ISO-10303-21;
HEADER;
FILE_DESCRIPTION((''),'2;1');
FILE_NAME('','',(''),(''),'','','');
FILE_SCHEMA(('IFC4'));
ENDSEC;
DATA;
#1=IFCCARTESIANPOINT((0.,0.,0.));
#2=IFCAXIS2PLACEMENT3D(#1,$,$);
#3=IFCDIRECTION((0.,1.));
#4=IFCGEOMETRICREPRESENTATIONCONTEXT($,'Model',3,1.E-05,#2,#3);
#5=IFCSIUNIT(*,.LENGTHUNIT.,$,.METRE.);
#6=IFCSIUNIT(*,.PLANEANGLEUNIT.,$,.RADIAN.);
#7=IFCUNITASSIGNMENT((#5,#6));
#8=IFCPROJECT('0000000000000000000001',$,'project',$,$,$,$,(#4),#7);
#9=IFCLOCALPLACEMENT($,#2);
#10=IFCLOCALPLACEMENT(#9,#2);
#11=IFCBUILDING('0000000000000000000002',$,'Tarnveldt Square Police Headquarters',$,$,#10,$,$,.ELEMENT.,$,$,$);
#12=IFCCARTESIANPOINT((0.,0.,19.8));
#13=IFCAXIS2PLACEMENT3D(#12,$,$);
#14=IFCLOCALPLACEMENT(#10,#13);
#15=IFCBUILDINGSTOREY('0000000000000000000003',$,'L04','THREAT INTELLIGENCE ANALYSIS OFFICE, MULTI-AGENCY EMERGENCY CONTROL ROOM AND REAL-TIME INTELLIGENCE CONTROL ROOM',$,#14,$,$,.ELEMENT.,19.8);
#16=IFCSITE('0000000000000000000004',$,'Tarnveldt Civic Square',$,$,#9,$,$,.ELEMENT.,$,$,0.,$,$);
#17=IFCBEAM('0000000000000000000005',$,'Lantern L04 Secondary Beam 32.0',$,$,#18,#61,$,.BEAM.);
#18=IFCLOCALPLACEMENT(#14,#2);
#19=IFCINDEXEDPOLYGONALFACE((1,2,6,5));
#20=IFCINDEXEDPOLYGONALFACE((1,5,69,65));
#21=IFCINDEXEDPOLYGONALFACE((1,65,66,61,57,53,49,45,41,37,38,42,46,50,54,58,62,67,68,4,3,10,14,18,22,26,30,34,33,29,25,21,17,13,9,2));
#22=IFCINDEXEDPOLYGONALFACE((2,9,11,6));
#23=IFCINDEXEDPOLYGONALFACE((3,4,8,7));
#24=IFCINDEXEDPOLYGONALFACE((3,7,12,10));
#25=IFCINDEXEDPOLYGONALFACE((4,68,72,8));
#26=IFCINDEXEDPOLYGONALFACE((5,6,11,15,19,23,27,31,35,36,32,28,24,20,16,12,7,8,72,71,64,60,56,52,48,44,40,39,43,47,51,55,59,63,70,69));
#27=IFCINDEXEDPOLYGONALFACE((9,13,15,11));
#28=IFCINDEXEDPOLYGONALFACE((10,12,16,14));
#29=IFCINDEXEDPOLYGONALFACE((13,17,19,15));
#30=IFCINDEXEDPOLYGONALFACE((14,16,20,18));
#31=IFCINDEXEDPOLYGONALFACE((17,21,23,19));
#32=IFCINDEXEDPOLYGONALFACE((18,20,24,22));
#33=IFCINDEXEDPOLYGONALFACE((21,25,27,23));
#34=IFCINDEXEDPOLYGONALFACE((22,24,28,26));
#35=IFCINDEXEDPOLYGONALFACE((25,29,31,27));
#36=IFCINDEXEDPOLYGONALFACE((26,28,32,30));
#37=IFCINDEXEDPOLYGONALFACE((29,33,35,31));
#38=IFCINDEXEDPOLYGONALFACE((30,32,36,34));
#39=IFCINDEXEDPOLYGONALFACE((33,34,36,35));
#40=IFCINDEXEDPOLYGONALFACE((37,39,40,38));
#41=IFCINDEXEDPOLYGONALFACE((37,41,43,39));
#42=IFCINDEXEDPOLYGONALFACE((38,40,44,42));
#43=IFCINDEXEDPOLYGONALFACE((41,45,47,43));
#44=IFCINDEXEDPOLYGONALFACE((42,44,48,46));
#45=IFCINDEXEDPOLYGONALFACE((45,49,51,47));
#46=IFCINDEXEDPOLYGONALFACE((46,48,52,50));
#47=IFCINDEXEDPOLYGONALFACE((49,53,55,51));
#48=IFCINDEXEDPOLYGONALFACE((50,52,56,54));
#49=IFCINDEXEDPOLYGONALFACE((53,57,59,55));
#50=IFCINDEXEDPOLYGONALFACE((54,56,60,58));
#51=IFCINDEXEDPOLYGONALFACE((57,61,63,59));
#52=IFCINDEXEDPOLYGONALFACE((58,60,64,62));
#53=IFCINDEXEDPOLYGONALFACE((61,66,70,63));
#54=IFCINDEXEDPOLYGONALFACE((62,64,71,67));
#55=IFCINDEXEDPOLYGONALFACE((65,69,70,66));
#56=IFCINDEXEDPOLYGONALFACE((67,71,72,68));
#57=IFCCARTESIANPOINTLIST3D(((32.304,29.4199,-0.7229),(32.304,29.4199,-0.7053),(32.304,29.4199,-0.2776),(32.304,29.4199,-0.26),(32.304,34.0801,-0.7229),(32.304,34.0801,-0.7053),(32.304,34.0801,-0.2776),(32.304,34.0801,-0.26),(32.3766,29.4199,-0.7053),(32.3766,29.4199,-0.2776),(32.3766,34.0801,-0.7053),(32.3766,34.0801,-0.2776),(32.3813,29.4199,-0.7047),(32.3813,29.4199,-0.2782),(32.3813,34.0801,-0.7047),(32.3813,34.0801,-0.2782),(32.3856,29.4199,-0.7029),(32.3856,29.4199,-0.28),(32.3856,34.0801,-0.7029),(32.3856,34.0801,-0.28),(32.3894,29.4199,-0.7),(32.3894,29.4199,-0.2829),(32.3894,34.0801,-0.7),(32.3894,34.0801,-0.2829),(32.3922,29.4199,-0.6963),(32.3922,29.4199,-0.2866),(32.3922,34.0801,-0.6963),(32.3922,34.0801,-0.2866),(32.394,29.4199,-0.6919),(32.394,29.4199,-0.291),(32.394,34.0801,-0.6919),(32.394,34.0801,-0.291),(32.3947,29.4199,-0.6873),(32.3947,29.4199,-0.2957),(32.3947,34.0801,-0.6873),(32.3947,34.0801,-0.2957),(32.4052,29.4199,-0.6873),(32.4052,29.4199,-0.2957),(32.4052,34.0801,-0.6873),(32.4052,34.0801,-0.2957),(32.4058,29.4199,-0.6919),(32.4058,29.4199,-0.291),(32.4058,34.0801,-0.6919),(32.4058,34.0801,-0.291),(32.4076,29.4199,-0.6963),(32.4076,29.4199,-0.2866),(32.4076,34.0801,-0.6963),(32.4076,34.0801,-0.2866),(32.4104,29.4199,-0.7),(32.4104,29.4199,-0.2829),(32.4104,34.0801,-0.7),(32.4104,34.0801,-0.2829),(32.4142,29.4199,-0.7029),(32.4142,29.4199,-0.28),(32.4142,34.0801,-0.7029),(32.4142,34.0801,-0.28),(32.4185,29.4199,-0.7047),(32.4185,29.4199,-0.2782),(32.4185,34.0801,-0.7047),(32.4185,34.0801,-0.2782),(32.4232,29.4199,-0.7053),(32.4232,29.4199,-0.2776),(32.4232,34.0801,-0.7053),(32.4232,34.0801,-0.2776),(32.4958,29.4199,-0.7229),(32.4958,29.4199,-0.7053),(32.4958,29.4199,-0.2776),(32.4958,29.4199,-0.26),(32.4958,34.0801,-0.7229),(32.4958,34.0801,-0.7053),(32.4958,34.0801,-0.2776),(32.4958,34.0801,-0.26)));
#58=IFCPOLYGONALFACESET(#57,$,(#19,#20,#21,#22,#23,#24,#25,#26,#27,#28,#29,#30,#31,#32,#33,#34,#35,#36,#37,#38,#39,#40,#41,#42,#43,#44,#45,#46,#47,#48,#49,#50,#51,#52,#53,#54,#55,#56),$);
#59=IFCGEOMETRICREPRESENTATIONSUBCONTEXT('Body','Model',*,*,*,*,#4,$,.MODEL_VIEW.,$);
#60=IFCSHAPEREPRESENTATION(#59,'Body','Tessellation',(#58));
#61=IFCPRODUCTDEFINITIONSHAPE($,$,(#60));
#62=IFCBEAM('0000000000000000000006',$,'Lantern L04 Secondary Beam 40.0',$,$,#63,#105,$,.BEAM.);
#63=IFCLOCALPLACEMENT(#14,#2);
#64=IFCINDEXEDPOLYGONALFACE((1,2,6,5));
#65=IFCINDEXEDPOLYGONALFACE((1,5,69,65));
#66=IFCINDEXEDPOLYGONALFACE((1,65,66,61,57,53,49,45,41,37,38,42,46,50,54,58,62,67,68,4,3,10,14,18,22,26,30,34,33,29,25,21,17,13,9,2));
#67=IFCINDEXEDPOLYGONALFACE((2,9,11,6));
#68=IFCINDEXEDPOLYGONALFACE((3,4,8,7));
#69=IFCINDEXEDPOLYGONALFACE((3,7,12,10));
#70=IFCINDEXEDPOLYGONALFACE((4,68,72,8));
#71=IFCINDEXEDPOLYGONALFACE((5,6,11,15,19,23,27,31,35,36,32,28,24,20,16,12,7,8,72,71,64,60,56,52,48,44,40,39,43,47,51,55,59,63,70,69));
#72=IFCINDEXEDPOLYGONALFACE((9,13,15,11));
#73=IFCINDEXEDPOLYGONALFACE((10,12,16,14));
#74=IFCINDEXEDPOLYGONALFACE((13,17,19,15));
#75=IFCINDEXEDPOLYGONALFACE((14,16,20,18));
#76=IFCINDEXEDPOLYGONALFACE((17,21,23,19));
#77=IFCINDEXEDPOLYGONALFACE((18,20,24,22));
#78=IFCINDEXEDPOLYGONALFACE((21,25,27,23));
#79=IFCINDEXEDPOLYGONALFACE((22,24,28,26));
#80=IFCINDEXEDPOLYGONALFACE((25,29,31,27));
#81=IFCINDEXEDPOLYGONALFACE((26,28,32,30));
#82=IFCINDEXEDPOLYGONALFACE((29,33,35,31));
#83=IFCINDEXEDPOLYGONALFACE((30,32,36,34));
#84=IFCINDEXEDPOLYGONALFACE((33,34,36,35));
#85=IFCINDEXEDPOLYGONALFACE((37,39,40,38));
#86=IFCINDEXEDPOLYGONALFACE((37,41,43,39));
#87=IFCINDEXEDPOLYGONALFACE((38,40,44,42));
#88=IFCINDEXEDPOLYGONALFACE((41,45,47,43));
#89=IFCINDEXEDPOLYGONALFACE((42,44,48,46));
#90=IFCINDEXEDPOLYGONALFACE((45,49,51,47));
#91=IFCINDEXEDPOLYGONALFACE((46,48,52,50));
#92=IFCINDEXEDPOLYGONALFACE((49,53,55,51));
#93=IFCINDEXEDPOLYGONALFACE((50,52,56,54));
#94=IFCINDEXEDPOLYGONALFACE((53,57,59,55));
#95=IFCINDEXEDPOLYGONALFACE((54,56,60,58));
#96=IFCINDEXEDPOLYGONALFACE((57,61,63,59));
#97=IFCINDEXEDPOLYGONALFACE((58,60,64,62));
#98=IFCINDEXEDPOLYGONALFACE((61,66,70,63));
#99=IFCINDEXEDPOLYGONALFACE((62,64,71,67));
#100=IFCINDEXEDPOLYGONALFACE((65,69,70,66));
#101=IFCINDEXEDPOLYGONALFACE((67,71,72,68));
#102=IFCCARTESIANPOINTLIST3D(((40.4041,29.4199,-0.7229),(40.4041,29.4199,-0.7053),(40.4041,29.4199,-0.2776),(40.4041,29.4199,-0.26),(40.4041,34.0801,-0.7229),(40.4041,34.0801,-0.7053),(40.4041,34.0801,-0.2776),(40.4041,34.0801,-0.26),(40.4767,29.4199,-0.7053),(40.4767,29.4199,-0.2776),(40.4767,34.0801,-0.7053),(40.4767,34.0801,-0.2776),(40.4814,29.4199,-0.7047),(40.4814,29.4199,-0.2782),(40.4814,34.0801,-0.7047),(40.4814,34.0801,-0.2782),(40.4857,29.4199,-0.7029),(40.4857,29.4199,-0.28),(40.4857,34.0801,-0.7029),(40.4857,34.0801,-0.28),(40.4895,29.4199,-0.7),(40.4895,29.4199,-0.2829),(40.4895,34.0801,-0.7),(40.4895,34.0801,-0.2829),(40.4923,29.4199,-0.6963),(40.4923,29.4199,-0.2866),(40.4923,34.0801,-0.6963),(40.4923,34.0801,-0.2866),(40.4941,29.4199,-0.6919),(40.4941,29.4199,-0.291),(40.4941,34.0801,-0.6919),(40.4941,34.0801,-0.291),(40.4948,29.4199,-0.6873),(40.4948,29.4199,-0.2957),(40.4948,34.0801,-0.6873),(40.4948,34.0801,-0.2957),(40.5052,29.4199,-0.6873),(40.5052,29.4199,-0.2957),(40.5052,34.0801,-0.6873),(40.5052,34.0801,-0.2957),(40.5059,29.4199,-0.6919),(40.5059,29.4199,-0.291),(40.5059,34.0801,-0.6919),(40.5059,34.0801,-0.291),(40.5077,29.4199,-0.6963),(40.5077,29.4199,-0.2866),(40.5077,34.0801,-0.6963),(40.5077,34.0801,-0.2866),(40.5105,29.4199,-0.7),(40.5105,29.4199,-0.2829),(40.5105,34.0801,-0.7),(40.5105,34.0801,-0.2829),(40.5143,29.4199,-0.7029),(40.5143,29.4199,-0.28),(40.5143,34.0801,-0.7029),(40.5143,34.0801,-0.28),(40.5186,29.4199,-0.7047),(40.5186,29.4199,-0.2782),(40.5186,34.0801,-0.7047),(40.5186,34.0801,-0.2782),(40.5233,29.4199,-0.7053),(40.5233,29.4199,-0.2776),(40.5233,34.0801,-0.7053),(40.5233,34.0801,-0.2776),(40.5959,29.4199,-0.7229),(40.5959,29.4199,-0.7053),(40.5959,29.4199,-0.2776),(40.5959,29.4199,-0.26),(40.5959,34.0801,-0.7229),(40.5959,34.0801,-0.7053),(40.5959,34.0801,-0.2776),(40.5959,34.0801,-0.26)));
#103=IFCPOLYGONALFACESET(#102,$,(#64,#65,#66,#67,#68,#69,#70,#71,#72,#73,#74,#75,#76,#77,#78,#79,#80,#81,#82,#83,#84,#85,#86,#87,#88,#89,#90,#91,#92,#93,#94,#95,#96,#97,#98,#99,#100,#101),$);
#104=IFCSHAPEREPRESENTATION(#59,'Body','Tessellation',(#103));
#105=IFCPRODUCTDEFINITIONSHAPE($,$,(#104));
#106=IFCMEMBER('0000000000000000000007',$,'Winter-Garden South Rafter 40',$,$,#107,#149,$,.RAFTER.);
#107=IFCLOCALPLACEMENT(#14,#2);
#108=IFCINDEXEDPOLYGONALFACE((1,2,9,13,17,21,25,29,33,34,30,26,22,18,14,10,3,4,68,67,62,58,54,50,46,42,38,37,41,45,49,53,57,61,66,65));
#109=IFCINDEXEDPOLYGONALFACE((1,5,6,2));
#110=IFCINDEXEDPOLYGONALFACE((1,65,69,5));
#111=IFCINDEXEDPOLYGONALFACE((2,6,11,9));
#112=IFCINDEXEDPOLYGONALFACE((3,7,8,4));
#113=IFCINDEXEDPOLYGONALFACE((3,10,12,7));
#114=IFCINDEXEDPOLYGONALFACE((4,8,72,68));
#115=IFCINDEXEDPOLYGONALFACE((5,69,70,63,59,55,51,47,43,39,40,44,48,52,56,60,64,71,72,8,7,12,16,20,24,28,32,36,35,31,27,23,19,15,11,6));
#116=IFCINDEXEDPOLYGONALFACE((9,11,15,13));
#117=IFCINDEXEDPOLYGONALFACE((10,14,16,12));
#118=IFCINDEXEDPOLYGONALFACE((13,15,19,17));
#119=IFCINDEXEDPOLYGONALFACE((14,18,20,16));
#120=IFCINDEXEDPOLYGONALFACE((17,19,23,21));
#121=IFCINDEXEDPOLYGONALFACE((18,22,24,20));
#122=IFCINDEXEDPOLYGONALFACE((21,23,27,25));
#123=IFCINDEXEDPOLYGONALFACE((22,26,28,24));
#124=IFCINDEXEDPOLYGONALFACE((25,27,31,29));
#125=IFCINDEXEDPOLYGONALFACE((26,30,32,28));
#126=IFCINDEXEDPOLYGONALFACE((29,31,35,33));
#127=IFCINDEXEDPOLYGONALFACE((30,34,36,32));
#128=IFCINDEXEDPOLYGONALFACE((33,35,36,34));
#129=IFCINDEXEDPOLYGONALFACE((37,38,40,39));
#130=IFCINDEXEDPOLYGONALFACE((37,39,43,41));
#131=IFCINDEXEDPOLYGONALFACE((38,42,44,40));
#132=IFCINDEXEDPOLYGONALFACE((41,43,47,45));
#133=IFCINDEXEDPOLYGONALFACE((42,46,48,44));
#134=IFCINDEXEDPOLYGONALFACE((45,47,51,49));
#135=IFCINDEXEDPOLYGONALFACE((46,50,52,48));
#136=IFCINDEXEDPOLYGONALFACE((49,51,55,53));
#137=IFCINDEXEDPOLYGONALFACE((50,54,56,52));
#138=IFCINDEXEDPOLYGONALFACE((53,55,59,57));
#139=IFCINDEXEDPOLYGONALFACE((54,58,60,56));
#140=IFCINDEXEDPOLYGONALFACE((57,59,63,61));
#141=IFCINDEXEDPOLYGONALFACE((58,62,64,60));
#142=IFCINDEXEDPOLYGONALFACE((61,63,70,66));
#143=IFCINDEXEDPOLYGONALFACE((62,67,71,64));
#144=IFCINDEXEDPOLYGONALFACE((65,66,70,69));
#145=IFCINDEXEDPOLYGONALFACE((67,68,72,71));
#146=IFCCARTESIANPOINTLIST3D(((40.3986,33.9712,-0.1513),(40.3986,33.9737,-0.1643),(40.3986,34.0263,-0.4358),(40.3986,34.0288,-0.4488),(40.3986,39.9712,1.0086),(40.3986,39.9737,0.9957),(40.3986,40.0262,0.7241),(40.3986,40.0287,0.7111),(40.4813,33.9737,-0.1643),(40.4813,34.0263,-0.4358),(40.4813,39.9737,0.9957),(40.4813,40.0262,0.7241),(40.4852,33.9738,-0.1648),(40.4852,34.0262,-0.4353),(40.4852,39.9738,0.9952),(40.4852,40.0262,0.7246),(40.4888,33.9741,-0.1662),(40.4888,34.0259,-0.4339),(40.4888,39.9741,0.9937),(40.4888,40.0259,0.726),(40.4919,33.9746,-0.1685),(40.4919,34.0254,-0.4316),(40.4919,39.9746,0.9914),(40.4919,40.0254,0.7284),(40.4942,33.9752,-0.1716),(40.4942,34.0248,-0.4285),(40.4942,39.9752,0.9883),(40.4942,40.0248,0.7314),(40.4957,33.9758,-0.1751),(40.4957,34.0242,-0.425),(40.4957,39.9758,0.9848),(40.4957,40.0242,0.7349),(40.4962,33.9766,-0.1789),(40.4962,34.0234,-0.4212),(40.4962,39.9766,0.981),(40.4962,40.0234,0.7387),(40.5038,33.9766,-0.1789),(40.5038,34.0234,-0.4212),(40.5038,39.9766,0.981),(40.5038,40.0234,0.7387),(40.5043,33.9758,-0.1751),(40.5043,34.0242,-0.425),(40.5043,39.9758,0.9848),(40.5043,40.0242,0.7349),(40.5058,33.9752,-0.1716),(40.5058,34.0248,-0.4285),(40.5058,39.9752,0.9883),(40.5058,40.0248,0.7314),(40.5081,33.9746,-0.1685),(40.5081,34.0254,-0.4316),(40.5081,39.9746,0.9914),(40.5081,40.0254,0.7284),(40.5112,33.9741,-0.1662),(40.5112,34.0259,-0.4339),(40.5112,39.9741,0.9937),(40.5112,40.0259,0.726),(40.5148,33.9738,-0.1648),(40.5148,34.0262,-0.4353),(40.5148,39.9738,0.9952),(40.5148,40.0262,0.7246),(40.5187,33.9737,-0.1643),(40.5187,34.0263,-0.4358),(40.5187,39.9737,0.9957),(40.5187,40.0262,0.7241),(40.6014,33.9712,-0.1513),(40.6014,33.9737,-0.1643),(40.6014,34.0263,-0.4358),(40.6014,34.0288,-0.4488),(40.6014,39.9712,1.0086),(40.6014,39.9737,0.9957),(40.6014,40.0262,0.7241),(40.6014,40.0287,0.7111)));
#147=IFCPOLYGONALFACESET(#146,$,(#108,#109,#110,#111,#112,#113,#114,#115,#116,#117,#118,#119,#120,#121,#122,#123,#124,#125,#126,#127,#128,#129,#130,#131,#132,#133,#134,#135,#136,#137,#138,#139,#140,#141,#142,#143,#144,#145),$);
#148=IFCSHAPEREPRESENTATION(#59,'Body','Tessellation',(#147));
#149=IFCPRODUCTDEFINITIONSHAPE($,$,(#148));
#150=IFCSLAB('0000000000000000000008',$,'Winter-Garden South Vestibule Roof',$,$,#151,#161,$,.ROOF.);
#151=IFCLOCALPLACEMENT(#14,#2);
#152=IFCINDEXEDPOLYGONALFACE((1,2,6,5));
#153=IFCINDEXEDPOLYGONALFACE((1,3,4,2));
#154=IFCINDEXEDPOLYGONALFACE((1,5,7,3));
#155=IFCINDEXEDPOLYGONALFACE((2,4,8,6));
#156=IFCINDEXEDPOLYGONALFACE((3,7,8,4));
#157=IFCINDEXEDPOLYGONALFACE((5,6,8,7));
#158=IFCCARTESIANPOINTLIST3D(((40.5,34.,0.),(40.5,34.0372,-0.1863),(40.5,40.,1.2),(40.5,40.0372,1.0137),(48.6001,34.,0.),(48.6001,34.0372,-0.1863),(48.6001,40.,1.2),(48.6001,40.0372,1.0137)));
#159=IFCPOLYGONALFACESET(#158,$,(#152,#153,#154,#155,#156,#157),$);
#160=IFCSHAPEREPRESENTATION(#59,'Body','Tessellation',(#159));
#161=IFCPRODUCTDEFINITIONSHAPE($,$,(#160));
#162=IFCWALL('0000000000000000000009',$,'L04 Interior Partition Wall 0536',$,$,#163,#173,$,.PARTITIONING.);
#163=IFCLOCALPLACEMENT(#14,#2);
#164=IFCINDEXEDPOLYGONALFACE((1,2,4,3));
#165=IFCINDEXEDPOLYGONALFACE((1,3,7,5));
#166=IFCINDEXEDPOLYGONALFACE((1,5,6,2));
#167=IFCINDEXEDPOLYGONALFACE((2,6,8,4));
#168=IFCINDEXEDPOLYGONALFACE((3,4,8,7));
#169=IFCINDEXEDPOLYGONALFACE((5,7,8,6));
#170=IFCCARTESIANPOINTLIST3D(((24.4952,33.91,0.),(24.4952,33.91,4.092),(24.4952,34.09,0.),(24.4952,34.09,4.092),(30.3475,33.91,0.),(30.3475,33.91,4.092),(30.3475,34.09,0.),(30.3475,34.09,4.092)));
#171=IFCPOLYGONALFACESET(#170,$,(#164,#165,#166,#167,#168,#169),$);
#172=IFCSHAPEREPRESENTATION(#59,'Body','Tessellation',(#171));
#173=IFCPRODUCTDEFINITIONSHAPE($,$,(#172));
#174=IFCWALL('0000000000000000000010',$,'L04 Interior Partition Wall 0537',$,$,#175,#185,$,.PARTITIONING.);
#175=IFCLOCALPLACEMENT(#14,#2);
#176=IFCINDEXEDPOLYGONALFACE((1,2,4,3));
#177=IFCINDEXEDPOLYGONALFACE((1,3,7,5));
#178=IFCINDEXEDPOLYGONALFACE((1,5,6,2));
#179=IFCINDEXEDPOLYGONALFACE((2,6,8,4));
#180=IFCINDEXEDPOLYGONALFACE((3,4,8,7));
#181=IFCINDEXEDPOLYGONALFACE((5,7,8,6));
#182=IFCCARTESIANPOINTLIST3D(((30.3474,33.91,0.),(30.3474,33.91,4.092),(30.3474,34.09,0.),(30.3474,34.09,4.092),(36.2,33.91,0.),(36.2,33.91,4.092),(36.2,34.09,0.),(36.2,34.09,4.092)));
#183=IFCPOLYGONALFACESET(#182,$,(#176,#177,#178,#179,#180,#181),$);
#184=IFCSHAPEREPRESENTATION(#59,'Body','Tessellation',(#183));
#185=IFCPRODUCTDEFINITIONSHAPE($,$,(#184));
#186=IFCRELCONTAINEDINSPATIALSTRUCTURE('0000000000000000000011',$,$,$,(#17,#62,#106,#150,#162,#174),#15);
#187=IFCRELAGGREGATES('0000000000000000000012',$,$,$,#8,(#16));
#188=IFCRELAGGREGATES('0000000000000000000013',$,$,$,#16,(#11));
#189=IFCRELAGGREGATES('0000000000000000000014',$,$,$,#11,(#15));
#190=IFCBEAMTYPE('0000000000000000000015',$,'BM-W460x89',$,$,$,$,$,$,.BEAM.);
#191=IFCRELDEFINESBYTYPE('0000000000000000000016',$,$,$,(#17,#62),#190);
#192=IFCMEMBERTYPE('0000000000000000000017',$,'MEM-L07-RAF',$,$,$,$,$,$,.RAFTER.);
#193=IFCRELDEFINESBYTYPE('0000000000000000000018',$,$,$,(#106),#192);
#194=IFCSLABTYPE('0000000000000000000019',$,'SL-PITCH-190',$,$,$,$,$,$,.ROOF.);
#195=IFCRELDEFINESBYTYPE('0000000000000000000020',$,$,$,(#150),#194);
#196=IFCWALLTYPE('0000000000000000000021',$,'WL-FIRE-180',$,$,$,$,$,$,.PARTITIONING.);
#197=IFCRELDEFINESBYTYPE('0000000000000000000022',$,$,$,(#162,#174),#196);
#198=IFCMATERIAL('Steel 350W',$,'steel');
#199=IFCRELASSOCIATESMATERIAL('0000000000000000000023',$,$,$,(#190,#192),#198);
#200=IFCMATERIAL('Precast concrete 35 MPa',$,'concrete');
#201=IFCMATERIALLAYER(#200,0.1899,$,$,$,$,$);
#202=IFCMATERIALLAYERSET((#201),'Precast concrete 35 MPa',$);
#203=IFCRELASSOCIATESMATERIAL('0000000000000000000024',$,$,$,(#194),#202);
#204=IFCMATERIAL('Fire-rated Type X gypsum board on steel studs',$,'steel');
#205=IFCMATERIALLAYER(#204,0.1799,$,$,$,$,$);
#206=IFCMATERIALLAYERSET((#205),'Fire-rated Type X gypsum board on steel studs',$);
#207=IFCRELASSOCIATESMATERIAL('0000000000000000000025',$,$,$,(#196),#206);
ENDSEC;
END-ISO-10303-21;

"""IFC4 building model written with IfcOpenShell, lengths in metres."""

from ifc_helpers import new_model, si_unit, direction, frame, frame_2d, origin, origin_2d, place, context, subcontext, project, spatial, polyline, rectangle, i_section, outline, extrude, material, layer, layer_set, material_profile, profile_set, type_object, element, save


model = new_model("IFC4")

# Units and contexts
model_context = context("Model", 3, precision=1e-05, world=origin(), true_north=direction((0.0, 1.0)))
body_context = subcontext(model_context, "Body", "Model", "MODEL_VIEW")
ifc_project = project(units=[si_unit("LENGTHUNIT", "METRE"), si_unit("PLANEANGLEUNIT", "RADIAN")], contexts=[model_context])

# Site, building, storey
site_placement = place(None, origin())
site = spatial("IfcSite", under=ifc_project, at=site_placement, Name="Tarnveldt Civic Square", CompositionType="ELEMENT", RefElevation=0.0)
building_placement = place(site_placement, origin())
building = spatial("IfcBuilding", under=site, at=building_placement, Name="Tarnveldt Square Police Headquarters", CompositionType="ELEMENT")
storey_placement = place(building_placement, frame((0.0, 0.0, 19.8)))
storey = spatial("IfcBuildingStorey", under=building, at=storey_placement, Name="L04", Description="THREAT INTELLIGENCE ANALYSIS OFFICE, MULTI-AGENCY EMERGENCY CONTROL ROOM AND REAL-TIME INTELLIGENCE CONTROL ROOM", CompositionType="ELEMENT", Elevation=19.8)

# Shared definitions
ifc_material_1 = material(Name="Steel 350W", Category="steel")

# Beams
ifc_material_profile_1 = material_profile(ifc_material_1, i_section(OverallWidth=0.1919, OverallDepth=0.4629, WebThickness=0.0105, FlangeThickness=0.0176, FilletRadius=0.0181, at=origin_2d()), Name="W460x89")
ifc_profile_set_1 = profile_set([ifc_material_profile_1], Name="Steel 350W")
beam_type_1 = type_object("IfcBeamType", Name="BM-W460x89", PredefinedType="BEAM", material=ifc_profile_set_1)
for number, where, z_axis, x_axis, name in (
    (1, (32.3999, 34.0801, -0.4915), (0.0, -1.0, 0.0), (1.0, 0.0, 0.0), "Lantern L04 Secondary Beam 32.0"),
    (2, (40.5, 34.0801, -0.4915), (0.0, -1.0, 0.0), (1.0, 0.0, 0.0), "Lantern L04 Secondary Beam 40.0"),
):
    element("IfcBeam", number, at=place(storey_placement, frame(where, z_axis=z_axis, x_axis=x_axis)), inside=storey, type_object=beam_type_1, Name=name, PredefinedType="BEAM", context=body_context, shape_type="SweptSolid", body=[
        extrude(i_section(OverallWidth=0.1919, OverallDepth=0.4629, WebThickness=0.0105, FlangeThickness=0.0176, FilletRadius=0.0181, at=origin_2d()), origin(), (0.0, 0.0, 1.0), 4.6602),
    ])

# Member
ifc_material_profile_2 = material_profile(ifc_material_1, i_section(OverallWidth=0.2029, OverallDepth=0.303, WebThickness=0.0076, FlangeThickness=0.0132, FilletRadius=0.0149, at=origin_2d()), Name="W310x60")
ifc_profile_set_2 = profile_set([ifc_material_profile_2], Name="Steel 350W")
member_type = type_object("IfcMemberType", Name="MEM-L07-RAF", PredefinedType="RAFTER", material=ifc_profile_set_2)
member_placement = place(storey_placement, frame((40.5, 34.0, -0.3), z_axis=(0.0, 0.981822, 0.189805), x_axis=(-1.0, 0.0, 0.0)))
element("IfcMember", 3, at=member_placement, inside=storey, type_object=member_type, Name="Winter-Garden South Rafter 40", PredefinedType="RAFTER", context=body_context, shape_type="SweptSolid", body=[
    extrude(i_section(OverallWidth=0.2029, OverallDepth=0.303, WebThickness=0.0076, FlangeThickness=0.0132, FilletRadius=0.0149, at=origin_2d()), origin(), (0.0, 0.0, 1.0), 6.1111),
])

# Slab
ifc_material_2 = material(Name="Precast concrete 35 MPa", Category="concrete")
ifc_layer_1 = layer(ifc_material_2, 0.1899)
ifc_layer_set_1 = layer_set([ifc_layer_1], Name="Precast concrete 35 MPa")
slab_type = type_object("IfcSlabType", Name="SL-PITCH-190", PredefinedType="ROOF", material=ifc_layer_set_1)
slab_placement = place(storey_placement, frame((40.5, 34.0, 0.0), z_axis=(0.0, -0.196108, 0.980582), x_axis=(1.0, 0.0, 0.0)))
element("IfcSlab", 4, at=slab_placement, inside=storey, type_object=slab_type, Name="Winter-Garden South Vestibule Roof", PredefinedType="ROOF", context=body_context, shape_type="SweptSolid", body=[
    extrude(outline(polyline([(0.0, 0.0), (8.1001, 0.0), (8.1001, 6.1188), (0.0, 6.1188), (0.0, 0.0)])), origin(), (0.0, 0.0, -1.0), 0.1899),
])

# Walls
ifc_material_3 = material(Name="Fire-rated Type X gypsum board on steel studs", Category="steel")
ifc_layer_2 = layer(ifc_material_3, 0.1799)
ifc_layer_set_2 = layer_set([ifc_layer_2], Name="Fire-rated Type X gypsum board on steel studs")
wall_type = type_object("IfcWallType", Name="WL-FIRE-180", PredefinedType="PARTITIONING", material=ifc_layer_set_2)
wall_1_placement = place(storey_placement, frame((24.4951, 34.0, 0.0), z_axis=(0.0, 0.0, 1.0), x_axis=(1.0, 0.0, 0.0)))
element("IfcWall", 5, at=wall_1_placement, inside=storey, type_object=wall_type, Name="L04 Interior Partition Wall 0536", PredefinedType="PARTITIONING", context=body_context, shape_type="SweptSolid", body=[
    extrude(rectangle(XDim=5.8523, YDim=0.1799, at=frame_2d((2.9263, 0.0))), origin(), (0.0, 0.0, 1.0), 4.092),
])
wall_2_placement = place(storey_placement, frame((30.3474, 34.0, 0.0), z_axis=(0.0, 0.0, 1.0), x_axis=(1.0, 0.0, 0.0)))
element("IfcWall", 6, at=wall_2_placement, inside=storey, type_object=wall_type, Name="L04 Interior Partition Wall 0537", PredefinedType="PARTITIONING", context=body_context, shape_type="SweptSolid", body=[
    extrude(rectangle(XDim=5.8525, YDim=0.1799, at=frame_2d((2.9263, 0.0))), origin(), (0.0, 0.0, 1.0), 4.092),
])

save(model, "model.ifc")
